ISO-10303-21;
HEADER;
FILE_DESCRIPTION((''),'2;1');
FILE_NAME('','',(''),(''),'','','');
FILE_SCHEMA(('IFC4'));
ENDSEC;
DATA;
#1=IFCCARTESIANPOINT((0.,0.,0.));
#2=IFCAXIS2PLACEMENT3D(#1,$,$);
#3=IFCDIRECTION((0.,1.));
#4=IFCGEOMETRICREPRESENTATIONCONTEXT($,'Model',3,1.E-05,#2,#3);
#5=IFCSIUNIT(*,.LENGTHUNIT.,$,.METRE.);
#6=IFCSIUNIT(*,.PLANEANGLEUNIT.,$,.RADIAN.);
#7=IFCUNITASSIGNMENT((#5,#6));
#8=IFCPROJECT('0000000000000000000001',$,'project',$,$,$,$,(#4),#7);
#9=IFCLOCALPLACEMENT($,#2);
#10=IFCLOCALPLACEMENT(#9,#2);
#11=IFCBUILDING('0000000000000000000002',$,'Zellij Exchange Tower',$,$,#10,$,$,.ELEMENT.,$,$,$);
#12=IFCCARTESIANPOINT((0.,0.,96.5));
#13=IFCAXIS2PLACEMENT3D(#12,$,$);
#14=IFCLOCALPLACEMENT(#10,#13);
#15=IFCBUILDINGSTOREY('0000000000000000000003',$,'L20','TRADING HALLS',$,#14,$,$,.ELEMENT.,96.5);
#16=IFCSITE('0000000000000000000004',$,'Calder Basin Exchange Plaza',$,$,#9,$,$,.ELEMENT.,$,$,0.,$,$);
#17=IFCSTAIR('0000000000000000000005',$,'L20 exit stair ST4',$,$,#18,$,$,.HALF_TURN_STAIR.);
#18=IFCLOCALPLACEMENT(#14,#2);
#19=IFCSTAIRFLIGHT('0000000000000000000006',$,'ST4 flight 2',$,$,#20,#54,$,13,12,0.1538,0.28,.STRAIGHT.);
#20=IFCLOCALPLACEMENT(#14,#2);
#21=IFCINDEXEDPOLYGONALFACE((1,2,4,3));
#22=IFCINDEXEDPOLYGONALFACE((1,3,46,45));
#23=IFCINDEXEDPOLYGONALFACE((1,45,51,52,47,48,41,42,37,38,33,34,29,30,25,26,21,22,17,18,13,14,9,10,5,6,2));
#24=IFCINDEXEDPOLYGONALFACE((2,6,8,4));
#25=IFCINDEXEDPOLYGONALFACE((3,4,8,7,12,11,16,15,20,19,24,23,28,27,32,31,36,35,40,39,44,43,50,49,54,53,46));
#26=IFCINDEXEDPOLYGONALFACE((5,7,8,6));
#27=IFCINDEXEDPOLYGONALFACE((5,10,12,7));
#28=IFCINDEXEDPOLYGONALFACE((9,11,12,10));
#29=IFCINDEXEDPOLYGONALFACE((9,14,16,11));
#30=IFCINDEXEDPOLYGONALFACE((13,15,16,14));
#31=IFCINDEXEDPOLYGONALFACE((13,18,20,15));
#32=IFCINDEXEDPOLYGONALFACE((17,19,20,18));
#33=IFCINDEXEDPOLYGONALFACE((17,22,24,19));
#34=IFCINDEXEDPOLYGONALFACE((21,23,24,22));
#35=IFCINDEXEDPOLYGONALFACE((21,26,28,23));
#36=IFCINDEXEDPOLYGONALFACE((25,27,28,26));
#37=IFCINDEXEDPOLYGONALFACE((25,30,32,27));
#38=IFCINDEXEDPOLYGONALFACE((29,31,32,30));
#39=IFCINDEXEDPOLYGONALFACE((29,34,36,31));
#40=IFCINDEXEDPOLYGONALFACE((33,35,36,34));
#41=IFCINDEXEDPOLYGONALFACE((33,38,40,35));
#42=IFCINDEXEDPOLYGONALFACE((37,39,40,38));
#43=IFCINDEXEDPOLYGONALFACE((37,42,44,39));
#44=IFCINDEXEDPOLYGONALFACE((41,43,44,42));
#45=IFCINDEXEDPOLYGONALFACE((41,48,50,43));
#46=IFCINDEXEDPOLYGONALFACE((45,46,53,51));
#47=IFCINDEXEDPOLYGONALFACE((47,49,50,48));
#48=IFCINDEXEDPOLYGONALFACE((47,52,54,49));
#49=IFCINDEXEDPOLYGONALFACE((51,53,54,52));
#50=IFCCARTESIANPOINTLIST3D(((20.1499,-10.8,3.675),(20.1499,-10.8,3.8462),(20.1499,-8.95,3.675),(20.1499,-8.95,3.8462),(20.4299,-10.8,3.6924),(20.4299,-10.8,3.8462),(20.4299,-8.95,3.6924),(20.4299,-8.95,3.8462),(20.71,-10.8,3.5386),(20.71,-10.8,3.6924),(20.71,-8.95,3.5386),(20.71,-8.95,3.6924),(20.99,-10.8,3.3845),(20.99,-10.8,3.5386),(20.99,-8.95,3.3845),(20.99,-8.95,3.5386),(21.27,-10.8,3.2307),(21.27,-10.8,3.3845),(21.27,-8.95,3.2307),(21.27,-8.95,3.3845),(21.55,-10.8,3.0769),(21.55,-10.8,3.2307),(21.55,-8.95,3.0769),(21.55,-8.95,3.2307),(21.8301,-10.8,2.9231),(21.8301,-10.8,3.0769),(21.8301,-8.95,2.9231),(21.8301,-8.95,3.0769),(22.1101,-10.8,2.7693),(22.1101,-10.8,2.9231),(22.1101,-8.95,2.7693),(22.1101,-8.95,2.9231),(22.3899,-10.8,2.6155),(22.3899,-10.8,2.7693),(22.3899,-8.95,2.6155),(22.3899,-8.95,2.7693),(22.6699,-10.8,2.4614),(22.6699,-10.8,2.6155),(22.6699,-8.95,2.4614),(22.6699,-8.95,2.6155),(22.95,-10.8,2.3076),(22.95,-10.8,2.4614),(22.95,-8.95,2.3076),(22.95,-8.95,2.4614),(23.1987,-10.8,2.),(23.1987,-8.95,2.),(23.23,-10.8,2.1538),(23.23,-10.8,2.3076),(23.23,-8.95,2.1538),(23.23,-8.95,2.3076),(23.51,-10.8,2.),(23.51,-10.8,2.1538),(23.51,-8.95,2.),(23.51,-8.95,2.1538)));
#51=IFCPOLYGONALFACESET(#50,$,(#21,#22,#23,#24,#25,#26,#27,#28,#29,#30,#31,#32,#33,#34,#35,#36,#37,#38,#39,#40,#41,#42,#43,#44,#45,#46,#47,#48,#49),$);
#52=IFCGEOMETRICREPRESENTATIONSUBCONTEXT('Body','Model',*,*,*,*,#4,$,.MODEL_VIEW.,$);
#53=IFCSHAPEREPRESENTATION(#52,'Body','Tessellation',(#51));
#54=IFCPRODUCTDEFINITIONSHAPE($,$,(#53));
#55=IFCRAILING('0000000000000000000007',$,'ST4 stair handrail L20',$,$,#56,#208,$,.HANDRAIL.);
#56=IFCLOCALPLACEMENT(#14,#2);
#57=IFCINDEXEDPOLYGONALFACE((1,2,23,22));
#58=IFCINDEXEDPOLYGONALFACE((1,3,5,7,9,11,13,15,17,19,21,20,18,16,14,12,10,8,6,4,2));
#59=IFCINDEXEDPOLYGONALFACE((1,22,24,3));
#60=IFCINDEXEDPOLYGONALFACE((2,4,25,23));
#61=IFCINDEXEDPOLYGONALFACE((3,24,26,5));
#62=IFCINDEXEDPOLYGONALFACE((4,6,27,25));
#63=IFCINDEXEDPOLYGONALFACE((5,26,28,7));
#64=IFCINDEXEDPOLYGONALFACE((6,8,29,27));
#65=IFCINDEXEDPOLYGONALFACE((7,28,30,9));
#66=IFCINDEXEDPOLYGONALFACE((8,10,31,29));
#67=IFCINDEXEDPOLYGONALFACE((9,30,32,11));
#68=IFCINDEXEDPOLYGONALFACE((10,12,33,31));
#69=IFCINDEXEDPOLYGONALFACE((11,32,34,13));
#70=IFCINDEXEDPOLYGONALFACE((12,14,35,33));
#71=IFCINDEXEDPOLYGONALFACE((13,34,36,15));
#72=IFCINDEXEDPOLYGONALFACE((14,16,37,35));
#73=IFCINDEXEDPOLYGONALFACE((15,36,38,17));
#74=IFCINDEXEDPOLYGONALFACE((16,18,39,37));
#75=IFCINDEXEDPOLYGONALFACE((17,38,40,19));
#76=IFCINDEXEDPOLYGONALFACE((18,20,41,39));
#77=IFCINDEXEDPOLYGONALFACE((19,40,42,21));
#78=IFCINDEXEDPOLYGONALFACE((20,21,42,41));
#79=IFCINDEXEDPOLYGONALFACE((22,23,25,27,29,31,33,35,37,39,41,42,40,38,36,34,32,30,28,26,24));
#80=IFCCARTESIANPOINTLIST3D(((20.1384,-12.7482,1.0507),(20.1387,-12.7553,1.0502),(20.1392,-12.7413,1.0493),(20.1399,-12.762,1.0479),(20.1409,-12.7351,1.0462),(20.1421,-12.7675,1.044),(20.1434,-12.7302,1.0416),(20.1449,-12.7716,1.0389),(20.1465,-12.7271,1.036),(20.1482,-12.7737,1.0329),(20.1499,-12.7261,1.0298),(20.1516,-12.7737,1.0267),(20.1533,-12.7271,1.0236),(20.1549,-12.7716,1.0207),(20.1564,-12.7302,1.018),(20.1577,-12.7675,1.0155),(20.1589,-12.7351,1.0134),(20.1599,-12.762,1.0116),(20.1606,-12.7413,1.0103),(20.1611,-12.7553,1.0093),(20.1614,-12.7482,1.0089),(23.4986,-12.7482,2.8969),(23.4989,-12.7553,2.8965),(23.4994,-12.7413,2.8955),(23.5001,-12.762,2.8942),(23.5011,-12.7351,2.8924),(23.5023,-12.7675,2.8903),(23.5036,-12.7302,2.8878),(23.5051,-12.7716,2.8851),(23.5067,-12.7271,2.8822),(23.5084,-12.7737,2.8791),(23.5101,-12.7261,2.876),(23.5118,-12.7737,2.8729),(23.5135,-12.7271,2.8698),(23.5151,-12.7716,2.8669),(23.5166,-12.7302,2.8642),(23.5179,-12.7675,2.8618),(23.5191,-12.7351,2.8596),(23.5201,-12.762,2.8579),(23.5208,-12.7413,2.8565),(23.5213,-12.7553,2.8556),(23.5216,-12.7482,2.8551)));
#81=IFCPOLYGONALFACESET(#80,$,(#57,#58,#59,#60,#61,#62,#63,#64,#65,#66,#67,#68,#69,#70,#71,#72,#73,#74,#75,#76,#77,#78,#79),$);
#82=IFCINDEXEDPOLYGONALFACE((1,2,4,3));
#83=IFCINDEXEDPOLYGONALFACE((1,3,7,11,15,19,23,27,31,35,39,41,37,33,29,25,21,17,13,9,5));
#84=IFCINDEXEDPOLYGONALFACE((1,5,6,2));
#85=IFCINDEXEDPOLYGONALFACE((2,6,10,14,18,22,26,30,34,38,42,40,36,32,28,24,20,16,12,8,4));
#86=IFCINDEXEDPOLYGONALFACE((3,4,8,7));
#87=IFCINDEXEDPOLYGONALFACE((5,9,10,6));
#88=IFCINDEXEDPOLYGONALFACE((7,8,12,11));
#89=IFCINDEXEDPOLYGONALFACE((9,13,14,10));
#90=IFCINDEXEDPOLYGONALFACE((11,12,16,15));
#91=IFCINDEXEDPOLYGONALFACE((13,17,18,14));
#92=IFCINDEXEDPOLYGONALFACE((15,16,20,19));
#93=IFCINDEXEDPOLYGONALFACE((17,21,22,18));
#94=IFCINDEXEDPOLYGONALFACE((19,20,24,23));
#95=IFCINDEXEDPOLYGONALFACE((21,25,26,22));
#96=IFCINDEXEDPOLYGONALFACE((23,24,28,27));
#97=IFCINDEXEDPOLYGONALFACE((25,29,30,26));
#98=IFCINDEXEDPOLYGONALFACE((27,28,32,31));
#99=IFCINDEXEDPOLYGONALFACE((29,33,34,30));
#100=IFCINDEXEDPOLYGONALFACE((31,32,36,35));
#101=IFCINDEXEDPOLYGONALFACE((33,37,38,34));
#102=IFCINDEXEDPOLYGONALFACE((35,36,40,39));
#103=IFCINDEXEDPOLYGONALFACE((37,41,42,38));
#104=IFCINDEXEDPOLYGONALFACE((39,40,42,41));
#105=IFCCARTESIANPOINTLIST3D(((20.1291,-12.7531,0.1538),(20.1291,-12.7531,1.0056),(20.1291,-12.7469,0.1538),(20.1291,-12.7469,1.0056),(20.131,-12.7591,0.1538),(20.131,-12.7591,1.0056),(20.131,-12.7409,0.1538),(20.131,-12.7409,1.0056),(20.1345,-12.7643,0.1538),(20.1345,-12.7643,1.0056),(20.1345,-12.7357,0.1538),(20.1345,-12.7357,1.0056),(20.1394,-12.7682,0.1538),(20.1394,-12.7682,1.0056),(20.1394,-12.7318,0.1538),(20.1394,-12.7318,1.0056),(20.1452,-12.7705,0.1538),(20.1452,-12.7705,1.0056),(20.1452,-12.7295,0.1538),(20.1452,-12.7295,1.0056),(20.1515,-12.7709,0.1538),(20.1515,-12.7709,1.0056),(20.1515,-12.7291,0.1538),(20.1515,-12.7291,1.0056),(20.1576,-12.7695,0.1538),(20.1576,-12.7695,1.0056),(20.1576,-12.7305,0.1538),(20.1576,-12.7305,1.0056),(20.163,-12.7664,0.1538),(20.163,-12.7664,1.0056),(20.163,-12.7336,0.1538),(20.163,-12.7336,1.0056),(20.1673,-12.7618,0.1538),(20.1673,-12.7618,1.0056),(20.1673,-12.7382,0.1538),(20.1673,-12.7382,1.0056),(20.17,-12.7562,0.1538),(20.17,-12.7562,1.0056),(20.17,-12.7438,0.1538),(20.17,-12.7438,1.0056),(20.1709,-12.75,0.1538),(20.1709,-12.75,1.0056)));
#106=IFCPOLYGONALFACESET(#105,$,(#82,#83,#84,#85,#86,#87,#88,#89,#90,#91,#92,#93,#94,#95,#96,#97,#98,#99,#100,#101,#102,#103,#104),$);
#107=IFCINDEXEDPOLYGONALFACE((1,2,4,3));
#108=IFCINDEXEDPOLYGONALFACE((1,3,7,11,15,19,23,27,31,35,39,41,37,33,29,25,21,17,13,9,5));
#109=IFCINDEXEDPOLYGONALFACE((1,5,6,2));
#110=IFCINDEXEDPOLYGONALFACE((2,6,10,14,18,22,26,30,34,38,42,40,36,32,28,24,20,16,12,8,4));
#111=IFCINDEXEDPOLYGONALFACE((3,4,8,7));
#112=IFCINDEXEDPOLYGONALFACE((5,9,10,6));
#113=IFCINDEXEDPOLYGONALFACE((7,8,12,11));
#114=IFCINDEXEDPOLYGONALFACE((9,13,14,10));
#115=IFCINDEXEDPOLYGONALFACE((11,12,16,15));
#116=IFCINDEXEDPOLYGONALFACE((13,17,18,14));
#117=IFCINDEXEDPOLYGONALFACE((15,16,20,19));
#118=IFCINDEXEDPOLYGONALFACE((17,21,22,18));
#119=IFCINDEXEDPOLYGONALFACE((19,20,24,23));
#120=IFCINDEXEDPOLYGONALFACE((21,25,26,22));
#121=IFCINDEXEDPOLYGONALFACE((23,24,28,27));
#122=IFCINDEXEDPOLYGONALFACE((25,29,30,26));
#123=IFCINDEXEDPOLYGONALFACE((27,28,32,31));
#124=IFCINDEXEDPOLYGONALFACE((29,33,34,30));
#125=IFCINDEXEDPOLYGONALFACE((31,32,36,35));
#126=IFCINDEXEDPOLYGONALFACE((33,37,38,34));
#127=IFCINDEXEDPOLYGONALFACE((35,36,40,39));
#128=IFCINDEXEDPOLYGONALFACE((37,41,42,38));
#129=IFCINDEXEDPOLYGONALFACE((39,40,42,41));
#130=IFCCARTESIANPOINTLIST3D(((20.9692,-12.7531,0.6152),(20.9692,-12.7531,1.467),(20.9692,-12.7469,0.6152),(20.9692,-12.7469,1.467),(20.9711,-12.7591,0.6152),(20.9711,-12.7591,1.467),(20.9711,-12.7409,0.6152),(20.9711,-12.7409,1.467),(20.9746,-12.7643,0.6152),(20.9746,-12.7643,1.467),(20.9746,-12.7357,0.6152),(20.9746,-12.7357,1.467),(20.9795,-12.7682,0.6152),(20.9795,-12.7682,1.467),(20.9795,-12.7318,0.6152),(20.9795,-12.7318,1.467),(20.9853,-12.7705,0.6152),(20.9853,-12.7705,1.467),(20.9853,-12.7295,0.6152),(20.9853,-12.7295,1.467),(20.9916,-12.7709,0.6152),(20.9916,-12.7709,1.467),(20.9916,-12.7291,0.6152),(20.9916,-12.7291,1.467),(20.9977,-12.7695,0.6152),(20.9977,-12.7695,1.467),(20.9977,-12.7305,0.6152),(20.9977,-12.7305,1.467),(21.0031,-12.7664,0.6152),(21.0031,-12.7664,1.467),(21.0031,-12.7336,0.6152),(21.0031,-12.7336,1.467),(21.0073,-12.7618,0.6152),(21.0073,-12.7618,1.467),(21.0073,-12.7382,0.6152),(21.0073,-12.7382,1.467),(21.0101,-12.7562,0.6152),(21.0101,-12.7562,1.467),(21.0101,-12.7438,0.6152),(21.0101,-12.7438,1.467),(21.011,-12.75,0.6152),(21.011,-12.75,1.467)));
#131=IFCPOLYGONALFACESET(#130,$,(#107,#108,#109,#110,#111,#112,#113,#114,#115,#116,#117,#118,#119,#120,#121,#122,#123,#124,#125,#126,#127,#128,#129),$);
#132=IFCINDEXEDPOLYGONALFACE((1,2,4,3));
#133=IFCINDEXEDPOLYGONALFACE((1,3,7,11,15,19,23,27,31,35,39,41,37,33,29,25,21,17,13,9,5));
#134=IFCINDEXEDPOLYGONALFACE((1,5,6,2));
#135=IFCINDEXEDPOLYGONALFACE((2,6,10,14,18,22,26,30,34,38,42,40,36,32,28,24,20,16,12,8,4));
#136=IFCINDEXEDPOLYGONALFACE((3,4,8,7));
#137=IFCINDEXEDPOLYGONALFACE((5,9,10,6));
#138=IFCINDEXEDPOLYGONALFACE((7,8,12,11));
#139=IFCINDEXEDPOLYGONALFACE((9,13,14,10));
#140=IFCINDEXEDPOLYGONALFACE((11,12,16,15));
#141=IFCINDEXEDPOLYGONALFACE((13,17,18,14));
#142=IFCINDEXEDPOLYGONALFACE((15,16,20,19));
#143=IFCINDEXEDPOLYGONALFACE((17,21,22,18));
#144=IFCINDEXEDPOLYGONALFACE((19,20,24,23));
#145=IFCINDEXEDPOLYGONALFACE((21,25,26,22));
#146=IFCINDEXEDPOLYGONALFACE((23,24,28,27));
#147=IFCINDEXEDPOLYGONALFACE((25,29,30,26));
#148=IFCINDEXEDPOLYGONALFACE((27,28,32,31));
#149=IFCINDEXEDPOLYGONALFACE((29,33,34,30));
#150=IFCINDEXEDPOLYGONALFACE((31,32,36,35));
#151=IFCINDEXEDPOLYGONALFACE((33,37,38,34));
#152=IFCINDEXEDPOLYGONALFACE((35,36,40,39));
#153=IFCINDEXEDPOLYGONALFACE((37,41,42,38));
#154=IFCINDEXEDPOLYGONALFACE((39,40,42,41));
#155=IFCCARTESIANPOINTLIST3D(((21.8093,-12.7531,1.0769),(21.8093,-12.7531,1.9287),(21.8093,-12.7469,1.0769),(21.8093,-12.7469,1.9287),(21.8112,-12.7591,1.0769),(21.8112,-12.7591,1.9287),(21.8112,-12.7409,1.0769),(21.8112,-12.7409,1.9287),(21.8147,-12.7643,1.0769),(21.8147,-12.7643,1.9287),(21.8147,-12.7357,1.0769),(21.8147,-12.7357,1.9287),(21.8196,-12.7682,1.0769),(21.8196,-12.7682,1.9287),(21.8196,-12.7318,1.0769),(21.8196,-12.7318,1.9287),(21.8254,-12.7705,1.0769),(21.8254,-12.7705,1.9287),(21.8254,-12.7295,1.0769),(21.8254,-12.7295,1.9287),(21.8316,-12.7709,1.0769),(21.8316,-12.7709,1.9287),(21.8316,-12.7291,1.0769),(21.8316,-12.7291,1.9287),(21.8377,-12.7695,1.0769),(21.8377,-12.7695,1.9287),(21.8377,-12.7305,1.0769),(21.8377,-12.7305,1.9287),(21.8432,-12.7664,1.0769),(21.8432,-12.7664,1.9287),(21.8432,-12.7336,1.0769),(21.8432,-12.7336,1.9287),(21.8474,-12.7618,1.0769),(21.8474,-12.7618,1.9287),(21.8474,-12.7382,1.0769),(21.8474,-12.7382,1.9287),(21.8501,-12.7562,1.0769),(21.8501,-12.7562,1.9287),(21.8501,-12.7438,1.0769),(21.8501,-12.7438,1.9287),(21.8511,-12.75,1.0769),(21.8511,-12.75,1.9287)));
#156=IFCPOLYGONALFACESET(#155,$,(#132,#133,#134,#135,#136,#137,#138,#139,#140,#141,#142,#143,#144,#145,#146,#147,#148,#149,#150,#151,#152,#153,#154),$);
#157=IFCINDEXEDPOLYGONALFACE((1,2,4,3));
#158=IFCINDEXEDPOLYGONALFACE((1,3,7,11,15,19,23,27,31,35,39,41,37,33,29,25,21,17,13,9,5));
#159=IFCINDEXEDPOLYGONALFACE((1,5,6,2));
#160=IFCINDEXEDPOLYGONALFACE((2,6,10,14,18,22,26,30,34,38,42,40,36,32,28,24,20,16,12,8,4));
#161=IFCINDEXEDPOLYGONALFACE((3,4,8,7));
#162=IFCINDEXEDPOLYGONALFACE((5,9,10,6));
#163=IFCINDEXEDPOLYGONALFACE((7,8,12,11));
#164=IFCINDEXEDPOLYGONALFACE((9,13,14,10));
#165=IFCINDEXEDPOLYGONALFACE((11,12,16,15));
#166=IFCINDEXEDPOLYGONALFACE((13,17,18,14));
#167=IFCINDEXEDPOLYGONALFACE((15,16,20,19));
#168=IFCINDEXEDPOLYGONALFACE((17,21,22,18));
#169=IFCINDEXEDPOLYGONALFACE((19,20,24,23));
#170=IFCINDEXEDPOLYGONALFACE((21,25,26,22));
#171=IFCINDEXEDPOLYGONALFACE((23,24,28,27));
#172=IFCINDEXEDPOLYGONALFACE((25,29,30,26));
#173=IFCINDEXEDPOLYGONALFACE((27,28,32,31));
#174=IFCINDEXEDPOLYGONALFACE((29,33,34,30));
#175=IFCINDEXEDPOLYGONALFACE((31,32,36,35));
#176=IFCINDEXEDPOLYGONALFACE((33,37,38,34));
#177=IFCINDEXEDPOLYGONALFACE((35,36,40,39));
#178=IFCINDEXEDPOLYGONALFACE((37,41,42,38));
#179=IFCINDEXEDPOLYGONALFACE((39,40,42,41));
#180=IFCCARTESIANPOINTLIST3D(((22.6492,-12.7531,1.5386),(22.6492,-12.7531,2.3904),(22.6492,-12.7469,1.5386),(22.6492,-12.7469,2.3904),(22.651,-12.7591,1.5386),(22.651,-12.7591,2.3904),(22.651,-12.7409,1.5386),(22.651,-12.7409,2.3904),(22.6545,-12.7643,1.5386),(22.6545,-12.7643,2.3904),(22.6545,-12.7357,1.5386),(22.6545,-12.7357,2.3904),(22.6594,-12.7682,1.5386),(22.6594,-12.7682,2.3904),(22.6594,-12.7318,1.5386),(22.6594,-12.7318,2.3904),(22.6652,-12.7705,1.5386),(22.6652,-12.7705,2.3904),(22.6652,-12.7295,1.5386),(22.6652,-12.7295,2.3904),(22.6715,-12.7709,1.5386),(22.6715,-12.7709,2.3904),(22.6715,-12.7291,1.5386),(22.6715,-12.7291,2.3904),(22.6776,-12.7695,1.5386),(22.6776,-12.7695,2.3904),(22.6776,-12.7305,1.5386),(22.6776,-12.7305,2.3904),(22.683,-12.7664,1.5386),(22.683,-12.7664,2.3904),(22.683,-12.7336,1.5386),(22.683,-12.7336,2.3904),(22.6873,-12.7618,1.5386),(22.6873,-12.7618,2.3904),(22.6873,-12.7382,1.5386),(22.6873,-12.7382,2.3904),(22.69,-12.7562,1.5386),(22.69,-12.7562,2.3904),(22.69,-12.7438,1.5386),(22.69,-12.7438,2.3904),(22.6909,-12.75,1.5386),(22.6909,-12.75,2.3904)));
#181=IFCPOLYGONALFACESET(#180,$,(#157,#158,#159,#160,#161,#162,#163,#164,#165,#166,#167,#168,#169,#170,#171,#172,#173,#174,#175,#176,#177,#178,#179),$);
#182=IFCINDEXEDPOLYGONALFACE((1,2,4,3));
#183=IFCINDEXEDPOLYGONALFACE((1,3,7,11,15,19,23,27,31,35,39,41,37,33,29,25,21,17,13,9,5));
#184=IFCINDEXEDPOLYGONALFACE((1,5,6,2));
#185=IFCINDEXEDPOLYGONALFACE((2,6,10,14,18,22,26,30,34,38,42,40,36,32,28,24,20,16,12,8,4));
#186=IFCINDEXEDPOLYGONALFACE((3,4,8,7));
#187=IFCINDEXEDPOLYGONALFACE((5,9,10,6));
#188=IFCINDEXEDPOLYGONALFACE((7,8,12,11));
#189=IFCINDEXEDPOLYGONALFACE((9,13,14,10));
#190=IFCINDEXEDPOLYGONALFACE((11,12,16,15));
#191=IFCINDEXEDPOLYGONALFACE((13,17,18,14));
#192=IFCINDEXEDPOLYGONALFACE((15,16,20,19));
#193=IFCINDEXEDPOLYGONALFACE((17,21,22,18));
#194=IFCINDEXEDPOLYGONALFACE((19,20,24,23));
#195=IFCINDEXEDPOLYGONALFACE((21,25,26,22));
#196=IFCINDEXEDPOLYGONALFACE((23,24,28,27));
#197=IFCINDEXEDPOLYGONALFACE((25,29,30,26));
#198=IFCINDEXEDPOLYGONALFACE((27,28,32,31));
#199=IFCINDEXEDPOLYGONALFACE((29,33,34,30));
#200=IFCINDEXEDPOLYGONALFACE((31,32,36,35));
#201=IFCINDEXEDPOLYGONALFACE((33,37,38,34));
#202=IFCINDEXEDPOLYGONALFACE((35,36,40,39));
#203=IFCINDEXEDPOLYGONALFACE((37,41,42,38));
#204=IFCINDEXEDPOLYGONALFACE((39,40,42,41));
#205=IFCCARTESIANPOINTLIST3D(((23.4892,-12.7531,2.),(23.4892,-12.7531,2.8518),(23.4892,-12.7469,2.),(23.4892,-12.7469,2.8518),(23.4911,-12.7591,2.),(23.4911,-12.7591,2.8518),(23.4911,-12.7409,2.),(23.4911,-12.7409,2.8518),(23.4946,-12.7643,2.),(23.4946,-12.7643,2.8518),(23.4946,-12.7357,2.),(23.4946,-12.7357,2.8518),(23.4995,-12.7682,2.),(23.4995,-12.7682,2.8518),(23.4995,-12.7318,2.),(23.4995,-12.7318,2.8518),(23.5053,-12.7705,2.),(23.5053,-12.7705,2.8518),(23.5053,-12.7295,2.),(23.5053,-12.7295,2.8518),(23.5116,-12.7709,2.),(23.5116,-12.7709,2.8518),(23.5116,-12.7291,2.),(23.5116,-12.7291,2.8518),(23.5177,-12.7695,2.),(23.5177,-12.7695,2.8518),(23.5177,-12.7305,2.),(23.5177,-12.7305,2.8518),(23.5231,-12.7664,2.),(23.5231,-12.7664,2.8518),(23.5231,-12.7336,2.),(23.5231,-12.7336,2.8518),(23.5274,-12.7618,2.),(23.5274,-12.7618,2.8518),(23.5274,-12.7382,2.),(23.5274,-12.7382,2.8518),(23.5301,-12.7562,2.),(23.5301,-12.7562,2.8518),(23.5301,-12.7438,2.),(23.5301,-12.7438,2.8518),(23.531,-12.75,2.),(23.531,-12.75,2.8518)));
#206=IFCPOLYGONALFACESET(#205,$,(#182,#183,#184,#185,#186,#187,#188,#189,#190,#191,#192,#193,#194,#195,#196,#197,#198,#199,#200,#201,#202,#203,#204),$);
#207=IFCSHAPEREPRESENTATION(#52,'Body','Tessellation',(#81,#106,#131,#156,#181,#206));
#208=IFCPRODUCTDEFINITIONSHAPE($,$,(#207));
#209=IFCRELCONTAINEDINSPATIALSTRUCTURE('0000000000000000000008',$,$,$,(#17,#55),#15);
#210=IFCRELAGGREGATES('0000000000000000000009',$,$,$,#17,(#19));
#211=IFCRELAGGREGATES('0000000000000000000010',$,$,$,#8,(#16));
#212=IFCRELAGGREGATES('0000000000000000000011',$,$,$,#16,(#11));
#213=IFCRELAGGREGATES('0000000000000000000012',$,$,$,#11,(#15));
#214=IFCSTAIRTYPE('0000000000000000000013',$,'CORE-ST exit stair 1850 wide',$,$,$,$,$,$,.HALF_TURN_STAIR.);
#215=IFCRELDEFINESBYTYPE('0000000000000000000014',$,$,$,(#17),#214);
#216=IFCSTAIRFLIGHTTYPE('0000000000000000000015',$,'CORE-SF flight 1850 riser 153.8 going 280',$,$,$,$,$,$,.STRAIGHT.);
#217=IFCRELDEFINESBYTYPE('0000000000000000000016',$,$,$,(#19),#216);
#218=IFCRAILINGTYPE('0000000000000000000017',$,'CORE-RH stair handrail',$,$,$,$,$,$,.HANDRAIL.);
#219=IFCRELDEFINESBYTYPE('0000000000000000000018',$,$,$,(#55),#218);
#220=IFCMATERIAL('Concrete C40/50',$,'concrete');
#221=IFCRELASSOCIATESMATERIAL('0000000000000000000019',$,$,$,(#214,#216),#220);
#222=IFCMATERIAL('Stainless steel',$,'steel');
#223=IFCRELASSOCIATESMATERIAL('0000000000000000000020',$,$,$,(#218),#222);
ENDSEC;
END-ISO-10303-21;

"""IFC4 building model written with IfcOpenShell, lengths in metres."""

from ifc_helpers import new_model, si_unit, direction, frame, origin, origin_2d, place, context, subcontext, project, spatial, polyline, circle, outline, extrude, material, type_object, element, aggregate, save


model = new_model("IFC4")

# Units and contexts
model_context = context("Model", 3, precision=1e-05, world=origin(), true_north=direction((0.0, 1.0)))
body_context = subcontext(model_context, "Body", "Model", "MODEL_VIEW")
ifc_project = project(units=[si_unit("LENGTHUNIT", "METRE"), si_unit("PLANEANGLEUNIT", "RADIAN")], contexts=[model_context])

# Site, building, storey
site_placement = place(None, origin())
site = spatial("IfcSite", under=ifc_project, at=site_placement, Name="Calder Basin Exchange Plaza", CompositionType="ELEMENT", RefElevation=0.0)
building_placement = place(site_placement, origin())
building = spatial("IfcBuilding", under=site, at=building_placement, Name="Zellij Exchange Tower", CompositionType="ELEMENT")
storey_placement = place(building_placement, frame((0.0, 0.0, 96.5)))
storey = spatial("IfcBuildingStorey", under=building, at=storey_placement, Name="L20", Description="TRADING HALLS", CompositionType="ELEMENT", Elevation=96.5)

# Stair, stair flight
ifc_material_1 = material(Name="Concrete C40/50", Category="concrete")
stair_type = type_object("IfcStairType", Name="CORE-ST exit stair 1850 wide", PredefinedType="HALF_TURN_STAIR", material=ifc_material_1)
stair_placement = place(storey_placement, origin())
stair = element("IfcStair", 1, at=stair_placement, inside=storey, type_object=stair_type, Name="L20 exit stair ST4", PredefinedType="HALF_TURN_STAIR")
stair_flight_type = type_object("IfcStairFlightType", Name="CORE-SF flight 1850 riser 153.8 going 280", PredefinedType="STRAIGHT", material=ifc_material_1)
stair_flight_1_placement = place(storey_placement, frame((23.51, -9.875, 2.0), z_axis=(0.0, 0.0, 1.0), x_axis=(-1.0, 0.0, 0.0)))
stair_flight_1 = element("IfcStairFlight", 2, at=stair_flight_1_placement, type_object=stair_flight_type, Name="ST4 flight 2", NumberOfRisers=13, NumberOfTreads=12, PredefinedType="STRAIGHT", RiserHeight=0.1538, TreadLength=0.28, context=body_context, shape_type="SweptSolid", body=[
    extrude(outline(polyline([(0.0, 0.0), (0.0, 0.1538), (0.28, 0.1538), (0.28, 0.3076), (0.5601, 0.3076), (0.5601, 0.4614), (0.8401, 0.4614), (0.8401, 0.6155), (1.1201, 0.6155), (1.1201, 0.7693), (1.3999, 0.7693), (1.3999, 0.9231), (1.6799, 0.9231), (1.6799, 1.0769), (1.96, 1.0769), (1.96, 1.2307), (2.24, 1.2307), (2.24, 1.3845), (2.52, 1.3845), (2.52, 1.5386), (2.8, 1.5386), (2.8, 1.6924), (3.0801, 1.6924), (3.0801, 1.8462), (3.3601, 1.8462), (3.3601, 2.0), (3.3601, 1.675), (0.3113, 0.0), (0.0, 0.0)])), frame((0.0, 0.925, 0.0), z_axis=(0.0, -1.0, 0.0), x_axis=(1.0, 0.0, 0.0)), (0.0, 0.0, 1.0), 1.8501),
])
aggregate(stair, [stair_flight_1])

# Railing
ifc_material_2 = material(Name="Stainless steel", Category="steel")
railing_type_1 = type_object("IfcRailingType", Name="CORE-RH stair handrail", PredefinedType="HANDRAIL", material=ifc_material_2)
railing_1_placement = place(storey_placement, frame((20.1499, -12.75, 0.1538)))
element("IfcRailing", 3, at=railing_1_placement, inside=storey, type_object=railing_type_1, Name="ST4 stair handrail L20", PredefinedType="HANDRAIL", context=body_context, shape_type="SweptSolid", body=[
    extrude(circle(Radius=0.0239, at=origin_2d()), frame((0.0, 0.0, 0.876), z_axis=(0.876422, 0.0, 0.481545), x_axis=(0.0, 1.0, 0.0)), (0.0, 0.0, 1.0), 3.834),
    extrude(circle(Radius=0.021, at=origin_2d()), origin(), (0.0, 0.0, 1.0), 0.8518),
    extrude(circle(Radius=0.021, at=origin_2d()), frame((0.8401, 0.0, 0.4614)), (0.0, 0.0, 1.0), 0.8518),
    extrude(circle(Radius=0.021, at=origin_2d()), frame((1.6802, 0.0, 0.9231)), (0.0, 0.0, 1.0), 0.8518),
    extrude(circle(Radius=0.021, at=origin_2d()), frame((2.52, 0.0, 1.3848)), (0.0, 0.0, 1.0), 0.8518),
    extrude(circle(Radius=0.021, at=origin_2d()), frame((3.3601, 0.0, 1.8462)), (0.0, 0.0, 1.0), 0.8518),
])

save(model, "model.ifc")
